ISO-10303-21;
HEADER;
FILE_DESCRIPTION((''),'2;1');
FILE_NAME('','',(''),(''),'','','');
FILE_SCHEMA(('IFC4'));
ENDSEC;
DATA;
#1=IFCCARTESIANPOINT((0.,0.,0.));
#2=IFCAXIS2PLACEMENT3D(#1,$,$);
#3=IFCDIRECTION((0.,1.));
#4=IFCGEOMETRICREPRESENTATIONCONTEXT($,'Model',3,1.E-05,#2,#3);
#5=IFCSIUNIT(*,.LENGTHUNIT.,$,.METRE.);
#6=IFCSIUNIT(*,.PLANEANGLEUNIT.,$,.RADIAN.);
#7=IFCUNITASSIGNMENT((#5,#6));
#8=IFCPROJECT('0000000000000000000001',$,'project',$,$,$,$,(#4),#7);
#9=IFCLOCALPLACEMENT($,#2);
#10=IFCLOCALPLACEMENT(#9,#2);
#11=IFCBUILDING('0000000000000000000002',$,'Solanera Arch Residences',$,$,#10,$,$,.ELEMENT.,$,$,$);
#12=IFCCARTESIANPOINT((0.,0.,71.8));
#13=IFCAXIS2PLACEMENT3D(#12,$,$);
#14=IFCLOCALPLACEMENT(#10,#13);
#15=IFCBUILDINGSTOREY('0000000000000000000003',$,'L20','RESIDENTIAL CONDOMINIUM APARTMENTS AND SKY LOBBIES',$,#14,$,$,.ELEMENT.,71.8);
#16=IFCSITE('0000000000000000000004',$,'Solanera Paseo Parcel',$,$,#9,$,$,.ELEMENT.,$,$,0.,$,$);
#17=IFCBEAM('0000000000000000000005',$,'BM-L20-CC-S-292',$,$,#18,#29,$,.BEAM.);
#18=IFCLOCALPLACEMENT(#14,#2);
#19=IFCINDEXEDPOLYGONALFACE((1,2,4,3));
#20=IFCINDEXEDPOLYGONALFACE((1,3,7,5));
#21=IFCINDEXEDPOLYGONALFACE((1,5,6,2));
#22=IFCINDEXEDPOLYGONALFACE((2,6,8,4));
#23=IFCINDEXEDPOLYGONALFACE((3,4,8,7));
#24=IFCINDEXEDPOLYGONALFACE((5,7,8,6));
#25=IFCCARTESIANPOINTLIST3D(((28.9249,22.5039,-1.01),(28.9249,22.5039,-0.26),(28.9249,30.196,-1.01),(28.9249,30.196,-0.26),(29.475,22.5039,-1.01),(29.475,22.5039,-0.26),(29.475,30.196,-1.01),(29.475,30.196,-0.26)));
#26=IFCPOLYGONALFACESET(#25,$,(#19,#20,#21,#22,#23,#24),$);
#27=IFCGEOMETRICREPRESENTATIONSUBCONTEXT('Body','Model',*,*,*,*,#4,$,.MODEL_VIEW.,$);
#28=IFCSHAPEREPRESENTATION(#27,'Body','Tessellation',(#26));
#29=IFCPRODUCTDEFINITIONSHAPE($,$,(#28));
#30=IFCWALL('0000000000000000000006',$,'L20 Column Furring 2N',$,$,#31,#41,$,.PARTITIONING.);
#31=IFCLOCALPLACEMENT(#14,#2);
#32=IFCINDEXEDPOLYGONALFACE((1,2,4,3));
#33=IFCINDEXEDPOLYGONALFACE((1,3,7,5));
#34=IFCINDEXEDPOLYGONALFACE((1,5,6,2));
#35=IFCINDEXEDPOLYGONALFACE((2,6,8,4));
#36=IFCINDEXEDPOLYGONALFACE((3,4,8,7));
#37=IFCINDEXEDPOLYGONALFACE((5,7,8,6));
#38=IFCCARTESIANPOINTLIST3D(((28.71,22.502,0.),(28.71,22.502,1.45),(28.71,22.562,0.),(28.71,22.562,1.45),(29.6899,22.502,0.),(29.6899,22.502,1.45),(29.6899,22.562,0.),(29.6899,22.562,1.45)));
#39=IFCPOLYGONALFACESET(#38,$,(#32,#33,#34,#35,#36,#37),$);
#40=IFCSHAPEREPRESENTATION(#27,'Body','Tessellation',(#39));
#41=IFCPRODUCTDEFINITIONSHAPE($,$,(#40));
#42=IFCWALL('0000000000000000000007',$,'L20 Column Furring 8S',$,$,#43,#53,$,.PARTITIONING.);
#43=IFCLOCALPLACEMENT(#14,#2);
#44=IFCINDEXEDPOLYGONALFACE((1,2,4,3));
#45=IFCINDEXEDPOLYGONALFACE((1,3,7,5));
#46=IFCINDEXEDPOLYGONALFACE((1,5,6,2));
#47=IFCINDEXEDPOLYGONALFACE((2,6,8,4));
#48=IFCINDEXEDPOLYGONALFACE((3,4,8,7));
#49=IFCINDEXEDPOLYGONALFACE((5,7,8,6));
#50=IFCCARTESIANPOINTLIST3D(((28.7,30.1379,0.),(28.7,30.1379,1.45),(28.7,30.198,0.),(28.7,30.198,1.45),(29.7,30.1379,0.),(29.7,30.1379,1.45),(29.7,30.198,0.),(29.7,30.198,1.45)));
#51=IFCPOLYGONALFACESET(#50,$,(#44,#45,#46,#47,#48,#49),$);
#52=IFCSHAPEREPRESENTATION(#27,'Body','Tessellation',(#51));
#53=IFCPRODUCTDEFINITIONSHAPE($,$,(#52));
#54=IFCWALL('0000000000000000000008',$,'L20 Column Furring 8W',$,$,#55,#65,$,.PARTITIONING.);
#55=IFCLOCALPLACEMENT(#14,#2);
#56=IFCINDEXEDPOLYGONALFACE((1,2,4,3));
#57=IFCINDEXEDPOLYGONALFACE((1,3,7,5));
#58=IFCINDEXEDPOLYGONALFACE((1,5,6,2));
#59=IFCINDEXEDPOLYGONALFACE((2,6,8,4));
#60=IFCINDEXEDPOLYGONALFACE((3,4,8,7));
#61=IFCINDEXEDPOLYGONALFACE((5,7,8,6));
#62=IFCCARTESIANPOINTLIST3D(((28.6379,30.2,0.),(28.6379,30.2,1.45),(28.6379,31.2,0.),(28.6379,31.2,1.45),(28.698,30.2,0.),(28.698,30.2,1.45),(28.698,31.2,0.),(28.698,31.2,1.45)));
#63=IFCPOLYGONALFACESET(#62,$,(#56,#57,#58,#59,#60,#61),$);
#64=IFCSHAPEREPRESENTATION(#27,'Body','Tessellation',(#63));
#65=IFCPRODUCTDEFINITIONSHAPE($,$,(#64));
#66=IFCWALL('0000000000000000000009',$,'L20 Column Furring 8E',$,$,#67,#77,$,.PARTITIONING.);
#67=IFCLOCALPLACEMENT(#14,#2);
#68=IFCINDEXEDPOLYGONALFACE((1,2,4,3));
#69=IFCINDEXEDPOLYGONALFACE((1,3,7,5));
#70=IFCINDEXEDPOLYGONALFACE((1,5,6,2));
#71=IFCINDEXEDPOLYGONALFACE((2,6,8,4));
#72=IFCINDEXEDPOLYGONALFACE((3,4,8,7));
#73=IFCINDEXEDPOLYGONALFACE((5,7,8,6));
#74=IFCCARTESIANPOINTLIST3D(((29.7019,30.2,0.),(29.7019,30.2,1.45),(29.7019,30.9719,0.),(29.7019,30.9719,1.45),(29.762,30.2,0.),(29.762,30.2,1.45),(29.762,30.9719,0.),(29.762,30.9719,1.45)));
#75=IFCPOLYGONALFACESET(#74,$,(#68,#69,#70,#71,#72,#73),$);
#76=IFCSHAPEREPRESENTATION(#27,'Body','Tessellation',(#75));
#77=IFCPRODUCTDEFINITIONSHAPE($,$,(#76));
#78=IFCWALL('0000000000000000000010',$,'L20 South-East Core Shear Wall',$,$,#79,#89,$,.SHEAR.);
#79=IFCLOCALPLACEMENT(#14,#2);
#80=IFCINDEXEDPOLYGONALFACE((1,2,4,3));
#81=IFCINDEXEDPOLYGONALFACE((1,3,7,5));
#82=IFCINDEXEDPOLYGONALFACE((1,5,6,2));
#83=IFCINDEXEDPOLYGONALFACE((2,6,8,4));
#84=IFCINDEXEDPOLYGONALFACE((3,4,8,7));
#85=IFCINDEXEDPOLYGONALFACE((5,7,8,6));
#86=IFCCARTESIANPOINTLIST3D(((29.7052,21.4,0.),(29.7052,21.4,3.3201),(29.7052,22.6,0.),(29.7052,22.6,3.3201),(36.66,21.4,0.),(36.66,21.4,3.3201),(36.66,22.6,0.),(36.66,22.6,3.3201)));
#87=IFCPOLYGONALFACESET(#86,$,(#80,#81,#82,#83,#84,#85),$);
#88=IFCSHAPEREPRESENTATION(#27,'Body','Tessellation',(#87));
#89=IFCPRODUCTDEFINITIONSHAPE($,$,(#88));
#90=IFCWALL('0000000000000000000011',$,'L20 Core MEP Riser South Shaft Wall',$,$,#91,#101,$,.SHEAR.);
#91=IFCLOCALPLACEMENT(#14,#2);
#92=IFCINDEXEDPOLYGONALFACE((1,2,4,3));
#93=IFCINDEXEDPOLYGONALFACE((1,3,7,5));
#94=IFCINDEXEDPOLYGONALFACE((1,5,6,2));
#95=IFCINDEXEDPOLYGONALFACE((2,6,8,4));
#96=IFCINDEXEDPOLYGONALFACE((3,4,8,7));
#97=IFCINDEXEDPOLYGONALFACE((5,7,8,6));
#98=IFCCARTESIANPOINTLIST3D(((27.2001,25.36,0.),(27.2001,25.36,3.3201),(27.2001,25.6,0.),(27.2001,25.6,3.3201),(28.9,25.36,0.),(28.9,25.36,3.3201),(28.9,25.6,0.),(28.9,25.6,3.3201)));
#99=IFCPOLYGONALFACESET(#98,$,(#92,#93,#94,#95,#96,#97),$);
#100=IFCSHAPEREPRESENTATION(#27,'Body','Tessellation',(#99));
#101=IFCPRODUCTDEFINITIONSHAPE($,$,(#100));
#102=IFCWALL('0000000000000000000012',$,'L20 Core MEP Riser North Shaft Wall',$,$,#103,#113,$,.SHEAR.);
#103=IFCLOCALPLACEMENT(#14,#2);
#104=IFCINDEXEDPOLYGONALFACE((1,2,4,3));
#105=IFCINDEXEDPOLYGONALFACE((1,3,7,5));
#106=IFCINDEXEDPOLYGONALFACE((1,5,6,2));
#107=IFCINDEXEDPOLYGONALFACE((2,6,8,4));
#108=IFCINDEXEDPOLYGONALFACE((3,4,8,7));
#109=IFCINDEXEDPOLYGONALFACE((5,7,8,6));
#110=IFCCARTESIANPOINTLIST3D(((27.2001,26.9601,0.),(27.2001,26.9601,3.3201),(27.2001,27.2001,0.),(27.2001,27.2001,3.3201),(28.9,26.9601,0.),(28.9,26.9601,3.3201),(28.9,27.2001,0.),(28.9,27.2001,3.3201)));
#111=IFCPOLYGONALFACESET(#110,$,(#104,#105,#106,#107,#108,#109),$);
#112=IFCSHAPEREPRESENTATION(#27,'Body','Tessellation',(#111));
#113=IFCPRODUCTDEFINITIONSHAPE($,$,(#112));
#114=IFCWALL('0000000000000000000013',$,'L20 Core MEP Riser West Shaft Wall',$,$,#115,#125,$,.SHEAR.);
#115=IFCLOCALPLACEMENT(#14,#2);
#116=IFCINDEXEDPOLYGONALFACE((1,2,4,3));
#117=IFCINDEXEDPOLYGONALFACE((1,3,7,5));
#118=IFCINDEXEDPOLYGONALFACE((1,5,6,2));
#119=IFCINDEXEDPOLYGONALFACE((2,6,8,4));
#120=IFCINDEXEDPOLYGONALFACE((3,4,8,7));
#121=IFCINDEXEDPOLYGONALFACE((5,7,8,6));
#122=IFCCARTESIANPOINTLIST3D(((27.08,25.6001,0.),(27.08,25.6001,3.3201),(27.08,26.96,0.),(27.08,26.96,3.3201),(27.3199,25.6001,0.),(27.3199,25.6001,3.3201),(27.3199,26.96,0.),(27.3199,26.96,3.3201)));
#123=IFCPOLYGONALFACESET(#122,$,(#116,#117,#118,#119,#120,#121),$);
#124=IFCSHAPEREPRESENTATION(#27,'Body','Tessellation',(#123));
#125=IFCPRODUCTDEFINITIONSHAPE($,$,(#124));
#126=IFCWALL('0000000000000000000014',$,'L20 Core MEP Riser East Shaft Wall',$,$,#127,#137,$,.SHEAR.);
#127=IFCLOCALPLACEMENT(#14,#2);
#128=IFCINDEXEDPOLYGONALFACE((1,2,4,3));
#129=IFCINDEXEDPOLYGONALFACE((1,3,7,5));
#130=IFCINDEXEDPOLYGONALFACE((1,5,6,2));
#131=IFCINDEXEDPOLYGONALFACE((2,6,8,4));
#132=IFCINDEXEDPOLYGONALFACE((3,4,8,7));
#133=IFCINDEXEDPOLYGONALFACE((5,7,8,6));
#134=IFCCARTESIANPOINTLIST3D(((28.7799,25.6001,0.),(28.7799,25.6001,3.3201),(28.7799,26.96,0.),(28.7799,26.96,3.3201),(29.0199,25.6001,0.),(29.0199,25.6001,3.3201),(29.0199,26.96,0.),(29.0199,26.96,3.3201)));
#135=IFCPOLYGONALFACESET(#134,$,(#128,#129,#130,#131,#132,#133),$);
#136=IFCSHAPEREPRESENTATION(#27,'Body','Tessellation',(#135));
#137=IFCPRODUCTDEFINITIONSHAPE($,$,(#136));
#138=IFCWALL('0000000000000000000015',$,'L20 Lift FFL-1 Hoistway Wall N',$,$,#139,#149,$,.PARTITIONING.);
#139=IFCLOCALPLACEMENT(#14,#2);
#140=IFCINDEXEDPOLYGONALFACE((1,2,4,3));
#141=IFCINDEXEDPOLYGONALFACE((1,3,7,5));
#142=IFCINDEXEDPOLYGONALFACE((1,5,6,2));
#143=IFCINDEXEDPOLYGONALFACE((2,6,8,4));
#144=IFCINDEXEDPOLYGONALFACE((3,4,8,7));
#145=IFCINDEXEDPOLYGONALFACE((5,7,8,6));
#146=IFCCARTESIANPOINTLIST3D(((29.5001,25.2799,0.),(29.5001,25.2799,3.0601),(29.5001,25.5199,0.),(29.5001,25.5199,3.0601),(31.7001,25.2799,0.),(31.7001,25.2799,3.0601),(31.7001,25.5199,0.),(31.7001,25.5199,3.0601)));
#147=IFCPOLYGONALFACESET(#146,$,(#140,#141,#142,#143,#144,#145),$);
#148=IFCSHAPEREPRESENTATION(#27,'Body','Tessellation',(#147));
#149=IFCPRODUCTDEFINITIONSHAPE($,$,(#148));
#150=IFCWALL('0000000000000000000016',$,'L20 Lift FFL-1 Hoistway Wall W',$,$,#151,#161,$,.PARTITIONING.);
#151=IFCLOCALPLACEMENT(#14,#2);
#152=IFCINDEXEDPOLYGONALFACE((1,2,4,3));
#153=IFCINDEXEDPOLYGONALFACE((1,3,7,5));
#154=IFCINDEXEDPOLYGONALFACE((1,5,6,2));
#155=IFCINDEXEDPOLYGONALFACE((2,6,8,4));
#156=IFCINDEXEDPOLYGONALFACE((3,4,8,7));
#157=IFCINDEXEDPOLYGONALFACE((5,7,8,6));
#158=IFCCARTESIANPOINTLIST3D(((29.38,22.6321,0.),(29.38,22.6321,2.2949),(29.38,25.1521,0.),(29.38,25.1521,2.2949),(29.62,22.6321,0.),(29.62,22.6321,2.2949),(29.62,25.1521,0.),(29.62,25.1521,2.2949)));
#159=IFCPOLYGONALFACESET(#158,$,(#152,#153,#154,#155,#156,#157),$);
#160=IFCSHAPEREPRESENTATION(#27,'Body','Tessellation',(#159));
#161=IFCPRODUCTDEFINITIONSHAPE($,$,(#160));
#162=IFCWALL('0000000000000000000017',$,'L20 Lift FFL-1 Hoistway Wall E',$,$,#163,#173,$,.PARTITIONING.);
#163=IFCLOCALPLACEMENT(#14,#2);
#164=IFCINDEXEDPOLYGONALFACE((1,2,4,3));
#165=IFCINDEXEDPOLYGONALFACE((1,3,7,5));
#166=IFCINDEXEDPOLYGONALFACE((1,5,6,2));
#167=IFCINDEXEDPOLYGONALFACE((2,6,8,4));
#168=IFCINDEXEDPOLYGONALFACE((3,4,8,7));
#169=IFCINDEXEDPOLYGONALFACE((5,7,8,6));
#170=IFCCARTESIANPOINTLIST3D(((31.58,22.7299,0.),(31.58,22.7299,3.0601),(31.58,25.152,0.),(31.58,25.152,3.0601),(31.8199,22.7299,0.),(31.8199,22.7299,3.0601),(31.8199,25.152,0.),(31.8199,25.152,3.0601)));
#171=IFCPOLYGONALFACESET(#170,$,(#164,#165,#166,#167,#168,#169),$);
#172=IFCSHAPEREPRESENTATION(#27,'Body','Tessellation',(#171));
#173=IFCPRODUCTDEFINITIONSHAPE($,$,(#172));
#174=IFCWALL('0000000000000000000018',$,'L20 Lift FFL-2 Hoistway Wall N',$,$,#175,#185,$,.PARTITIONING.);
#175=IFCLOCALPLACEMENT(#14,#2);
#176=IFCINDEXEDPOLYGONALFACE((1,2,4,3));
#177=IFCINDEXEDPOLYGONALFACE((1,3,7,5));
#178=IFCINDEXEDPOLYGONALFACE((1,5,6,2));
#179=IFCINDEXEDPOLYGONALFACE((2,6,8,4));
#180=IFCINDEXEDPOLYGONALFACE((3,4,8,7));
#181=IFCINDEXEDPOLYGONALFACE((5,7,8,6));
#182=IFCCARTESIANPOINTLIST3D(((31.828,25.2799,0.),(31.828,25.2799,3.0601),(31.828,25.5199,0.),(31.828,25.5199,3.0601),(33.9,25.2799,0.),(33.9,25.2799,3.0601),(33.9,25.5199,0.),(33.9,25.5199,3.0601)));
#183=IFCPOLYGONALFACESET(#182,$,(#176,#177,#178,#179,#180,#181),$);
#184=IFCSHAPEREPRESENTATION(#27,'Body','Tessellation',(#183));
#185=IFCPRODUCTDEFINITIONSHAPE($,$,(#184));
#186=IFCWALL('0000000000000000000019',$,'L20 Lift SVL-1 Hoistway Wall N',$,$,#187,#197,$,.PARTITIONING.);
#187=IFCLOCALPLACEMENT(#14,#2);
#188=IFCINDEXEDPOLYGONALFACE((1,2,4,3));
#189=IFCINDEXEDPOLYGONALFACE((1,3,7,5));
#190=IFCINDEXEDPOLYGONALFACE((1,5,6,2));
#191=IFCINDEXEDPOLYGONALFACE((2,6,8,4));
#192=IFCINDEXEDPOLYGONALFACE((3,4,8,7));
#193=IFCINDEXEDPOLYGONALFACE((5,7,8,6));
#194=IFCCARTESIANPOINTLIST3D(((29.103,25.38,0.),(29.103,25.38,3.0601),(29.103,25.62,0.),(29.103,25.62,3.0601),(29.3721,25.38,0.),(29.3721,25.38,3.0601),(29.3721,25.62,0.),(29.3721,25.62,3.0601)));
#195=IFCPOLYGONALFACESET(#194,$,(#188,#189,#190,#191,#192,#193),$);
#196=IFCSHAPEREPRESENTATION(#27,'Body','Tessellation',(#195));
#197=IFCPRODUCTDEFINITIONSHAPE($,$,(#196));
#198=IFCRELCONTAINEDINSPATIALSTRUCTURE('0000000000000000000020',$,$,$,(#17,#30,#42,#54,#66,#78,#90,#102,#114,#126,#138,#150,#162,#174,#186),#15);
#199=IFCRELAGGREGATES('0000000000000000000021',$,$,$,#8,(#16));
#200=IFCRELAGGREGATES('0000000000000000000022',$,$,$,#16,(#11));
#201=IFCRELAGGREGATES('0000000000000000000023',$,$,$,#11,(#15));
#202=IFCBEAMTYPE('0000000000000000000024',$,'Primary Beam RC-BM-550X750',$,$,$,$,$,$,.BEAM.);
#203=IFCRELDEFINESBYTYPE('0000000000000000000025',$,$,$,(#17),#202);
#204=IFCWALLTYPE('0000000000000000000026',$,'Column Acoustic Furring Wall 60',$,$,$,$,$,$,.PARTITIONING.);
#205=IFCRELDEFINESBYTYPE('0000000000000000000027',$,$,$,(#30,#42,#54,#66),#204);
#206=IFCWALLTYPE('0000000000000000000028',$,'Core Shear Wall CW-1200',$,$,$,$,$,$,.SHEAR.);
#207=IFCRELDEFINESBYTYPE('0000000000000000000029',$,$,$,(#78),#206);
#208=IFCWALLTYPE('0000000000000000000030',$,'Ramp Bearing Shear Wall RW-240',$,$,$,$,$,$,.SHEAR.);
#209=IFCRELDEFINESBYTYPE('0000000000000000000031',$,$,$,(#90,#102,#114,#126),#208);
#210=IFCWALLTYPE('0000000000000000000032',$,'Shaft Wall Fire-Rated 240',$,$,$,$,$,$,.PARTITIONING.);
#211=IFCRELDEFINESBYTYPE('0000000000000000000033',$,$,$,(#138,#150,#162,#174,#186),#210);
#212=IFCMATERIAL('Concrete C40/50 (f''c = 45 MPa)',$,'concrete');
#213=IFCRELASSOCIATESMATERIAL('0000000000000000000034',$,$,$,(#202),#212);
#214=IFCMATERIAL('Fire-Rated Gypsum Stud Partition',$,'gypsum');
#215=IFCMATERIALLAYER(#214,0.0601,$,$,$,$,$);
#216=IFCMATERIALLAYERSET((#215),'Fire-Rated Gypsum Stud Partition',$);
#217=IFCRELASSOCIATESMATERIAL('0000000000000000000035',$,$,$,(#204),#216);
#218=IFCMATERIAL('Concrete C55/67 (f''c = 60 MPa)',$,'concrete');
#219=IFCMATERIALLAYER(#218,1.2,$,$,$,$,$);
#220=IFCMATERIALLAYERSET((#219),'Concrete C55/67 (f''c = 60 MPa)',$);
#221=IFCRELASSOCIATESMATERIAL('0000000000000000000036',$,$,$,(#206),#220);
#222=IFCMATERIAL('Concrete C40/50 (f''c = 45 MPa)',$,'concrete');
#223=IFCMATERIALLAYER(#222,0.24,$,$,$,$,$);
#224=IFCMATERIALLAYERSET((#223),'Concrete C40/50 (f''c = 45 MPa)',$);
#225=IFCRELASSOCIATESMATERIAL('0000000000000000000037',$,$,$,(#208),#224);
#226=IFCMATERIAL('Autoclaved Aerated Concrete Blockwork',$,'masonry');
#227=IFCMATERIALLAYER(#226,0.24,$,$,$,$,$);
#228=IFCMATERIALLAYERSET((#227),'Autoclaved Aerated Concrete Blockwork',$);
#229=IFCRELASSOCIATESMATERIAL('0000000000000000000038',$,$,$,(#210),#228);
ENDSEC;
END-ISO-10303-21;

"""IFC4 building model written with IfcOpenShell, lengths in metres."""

from ifc_helpers import new_model, si_unit, direction, frame, frame_2d, origin, origin_2d, place, context, subcontext, project, spatial, rectangle, extrude, material, layer, layer_set, material_profile, profile_set, type_object, element, save


model = new_model("IFC4")

# Units and contexts
model_context = context("Model", 3, precision=1e-05, world=origin(), true_north=direction((0.0, 1.0)))
body_context = subcontext(model_context, "Body", "Model", "MODEL_VIEW")
ifc_project = project(units=[si_unit("LENGTHUNIT", "METRE"), si_unit("PLANEANGLEUNIT", "RADIAN")], contexts=[model_context])

# Site, building, storey
site_placement = place(None, origin())
site = spatial("IfcSite", under=ifc_project, at=site_placement, Name="Solanera Paseo Parcel", CompositionType="ELEMENT", RefElevation=0.0)
building_placement = place(site_placement, origin())
building = spatial("IfcBuilding", under=site, at=building_placement, Name="Solanera Arch Residences", CompositionType="ELEMENT")
storey_placement = place(building_placement, frame((0.0, 0.0, 71.8)))
storey = spatial("IfcBuildingStorey", under=building, at=storey_placement, Name="L20", Description="RESIDENTIAL CONDOMINIUM APARTMENTS AND SKY LOBBIES", CompositionType="ELEMENT", Elevation=71.8)

# Beam
ifc_material_1 = material(Name="Concrete C40/50 (f'c = 45 MPa)", Category="concrete")
ifc_material_profile = material_profile(ifc_material_1, rectangle(XDim=0.55, YDim=0.75, at=origin_2d()))
ifc_profile_set = profile_set([ifc_material_profile], Name="Concrete C40/50 (f'c = 45 MPa)")
beam_type = type_object("IfcBeamType", Name="Primary Beam RC-BM-550X750", PredefinedType="BEAM", material=ifc_profile_set)
beam_placement = place(storey_placement, frame((29.2, 22.5039, -0.635), z_axis=(0.0, 1.0, 0.0), x_axis=(-1.0, 0.0, 0.0)))
element("IfcBeam", 1, at=beam_placement, inside=storey, type_object=beam_type, Name="BM-L20-CC-S-292", PredefinedType="BEAM", context=body_context, shape_type="SweptSolid", body=[
    extrude(rectangle(XDim=0.55, YDim=0.75, at=origin_2d()), origin(), (0.0, 0.0, 1.0), 7.6921),
])

# Walls
ifc_material_2 = material(Name="Fire-Rated Gypsum Stud Partition", Category="gypsum")
ifc_layer_1 = layer(ifc_material_2, 0.0601)
ifc_layer_set_1 = layer_set([ifc_layer_1], Name="Fire-Rated Gypsum Stud Partition")
wall_type_1 = type_object("IfcWallType", Name="Column Acoustic Furring Wall 60", PredefinedType="PARTITIONING", material=ifc_layer_set_1)
wall_1_placement = place(storey_placement, frame((28.71, 22.532, 0.0), z_axis=(0.0, 0.0, 1.0), x_axis=(1.0, 0.0, 0.0)))
element("IfcWall", 2, at=wall_1_placement, inside=storey, type_object=wall_type_1, Name="L20 Column Furring 2N", PredefinedType="PARTITIONING", context=body_context, shape_type="SweptSolid", body=[
    extrude(rectangle(XDim=0.98, YDim=0.0601, at=frame_2d((0.49, 0.0))), origin(), (0.0, 0.0, 1.0), 1.45),
])
for number, where, z_axis, x_axis, name in (
    (3, (28.7, 30.168, 0.0), (0.0, 0.0, 1.0), (1.0, 0.0, 0.0), "L20 Column Furring 8S"),
    (4, (28.668, 30.2, 0.0), (0.0, 0.0, 1.0), (0.0, 1.0, 0.0), "L20 Column Furring 8W"),
):
    element("IfcWall", number, at=place(storey_placement, frame(where, z_axis=z_axis, x_axis=x_axis)), inside=storey, type_object=wall_type_1, Name=name, PredefinedType="PARTITIONING", context=body_context, shape_type="SweptSolid", body=[
        extrude(rectangle(XDim=1.0, YDim=0.0601, at=frame_2d((0.5, 0.0))), origin(), (0.0, 0.0, 1.0), 1.45),
    ])
wall_2_placement = place(storey_placement, frame((29.7319, 30.2, 0.0), z_axis=(0.0, 0.0, 1.0), x_axis=(0.0, 1.0, 0.0)))
element("IfcWall", 5, at=wall_2_placement, inside=storey, type_object=wall_type_1, Name="L20 Column Furring 8E", PredefinedType="PARTITIONING", context=body_context, shape_type="SweptSolid", body=[
    extrude(rectangle(XDim=0.772, YDim=0.0601, at=frame_2d((0.386, 0.0))), origin(), (0.0, 0.0, 1.0), 1.45),
])
ifc_material_3 = material(Name="Concrete C55/67 (f'c = 60 MPa)", Category="concrete")
ifc_layer_2 = layer(ifc_material_3, 1.2)
ifc_layer_set_2 = layer_set([ifc_layer_2], Name="Concrete C55/67 (f'c = 60 MPa)")
wall_type_2 = type_object("IfcWallType", Name="Core Shear Wall CW-1200", PredefinedType="SHEAR", material=ifc_layer_set_2)
wall_3_placement = place(storey_placement, frame((29.7051, 22.0, 0.0), z_axis=(0.0, 0.0, 1.0), x_axis=(1.0, 0.0, 0.0)))
element("IfcWall", 6, at=wall_3_placement, inside=storey, type_object=wall_type_2, Name="L20 South-East Core Shear Wall", PredefinedType="SHEAR", context=body_context, shape_type="SweptSolid", body=[
    extrude(rectangle(XDim=6.9548, YDim=1.2, at=frame_2d((3.4775, 0.0))), origin(), (0.0, 0.0, 1.0), 3.3201),
])
ifc_material_4 = material(Name="Concrete C40/50 (f'c = 45 MPa)", Category="concrete")
ifc_layer_3 = layer(ifc_material_4, 0.24)
ifc_layer_set_3 = layer_set([ifc_layer_3], Name="Concrete C40/50 (f'c = 45 MPa)")
wall_type_3 = type_object("IfcWallType", Name="Ramp Bearing Shear Wall RW-240", PredefinedType="SHEAR", material=ifc_layer_set_3)
for number, where, z_axis, x_axis, name in (
    (7, (27.2, 25.48, 0.0), (0.0, 0.0, 1.0), (1.0, 0.0, 0.0), "L20 Core MEP Riser South Shaft Wall"),
    (8, (27.2, 27.0801, 0.0), (0.0, 0.0, 1.0), (1.0, 0.0, 0.0), "L20 Core MEP Riser North Shaft Wall"),
):
    element("IfcWall", number, at=place(storey_placement, frame(where, z_axis=z_axis, x_axis=x_axis)), inside=storey, type_object=wall_type_3, Name=name, PredefinedType="SHEAR", context=body_context, shape_type="SweptSolid", body=[
        extrude(rectangle(XDim=1.7, YDim=0.24, at=frame_2d((0.8501, 0.0))), origin(), (0.0, 0.0, 1.0), 3.3201),
    ])
for number, where, z_axis, x_axis, name in (
    (9, (27.2, 25.6001, 0.0), (0.0, 0.0, 1.0), (0.0, 1.0, 0.0), "L20 Core MEP Riser West Shaft Wall"),
    (10, (28.8999, 25.6001, 0.0), (0.0, 0.0, 1.0), (0.0, 1.0, 0.0), "L20 Core MEP Riser East Shaft Wall"),
):
    element("IfcWall", number, at=place(storey_placement, frame(where, z_axis=z_axis, x_axis=x_axis)), inside=storey, type_object=wall_type_3, Name=name, PredefinedType="SHEAR", context=body_context, shape_type="SweptSolid", body=[
        extrude(rectangle(XDim=1.3599, YDim=0.24, at=frame_2d((0.6799, 0.0))), origin(), (0.0, 0.0, 1.0), 3.3201),
    ])
ifc_material_5 = material(Name="Autoclaved Aerated Concrete Blockwork", Category="masonry")
ifc_layer_4 = layer(ifc_material_5, 0.24)
ifc_layer_set_4 = layer_set([ifc_layer_4], Name="Autoclaved Aerated Concrete Blockwork")
wall_type_4 = type_object("IfcWallType", Name="Shaft Wall Fire-Rated 240", PredefinedType="PARTITIONING", material=ifc_layer_set_4)
wall_4_placement = place(storey_placement, frame((29.5, 25.3999, 0.0), z_axis=(0.0, 0.0, 1.0), x_axis=(1.0, 0.0, 0.0)))
element("IfcWall", 11, at=wall_4_placement, inside=storey, type_object=wall_type_4, Name="L20 Lift FFL-1 Hoistway Wall N", PredefinedType="PARTITIONING", context=body_context, shape_type="SweptSolid", body=[
    extrude(rectangle(XDim=2.2, YDim=0.24, at=frame_2d((1.1001, 0.0))), origin(), (0.0, 0.0, 1.0), 3.0601),
])
wall_5_placement = place(storey_placement, frame((29.5, 22.6321, 0.0), z_axis=(0.0, 0.0, 1.0), x_axis=(0.0, 1.0, 0.0)))
element("IfcWall", 12, at=wall_5_placement, inside=storey, type_object=wall_type_4, Name="L20 Lift FFL-1 Hoistway Wall W", PredefinedType="PARTITIONING", context=body_context, shape_type="SweptSolid", body=[
    extrude(rectangle(XDim=2.52, YDim=0.24, at=frame_2d((1.26, 0.0))), origin(), (0.0, 0.0, 1.0), 2.2949),
])
wall_6_placement = place(storey_placement, frame((31.7, 22.73, 0.0), z_axis=(0.0, 0.0, 1.0), x_axis=(0.0, 1.0, 0.0)))
element("IfcWall", 13, at=wall_6_placement, inside=storey, type_object=wall_type_4, Name="L20 Lift FFL-1 Hoistway Wall E", PredefinedType="PARTITIONING", context=body_context, shape_type="SweptSolid", body=[
    extrude(rectangle(XDim=2.4221, YDim=0.24, at=frame_2d((1.2109, 0.0))), origin(), (0.0, 0.0, 1.0), 3.0601),
])
wall_7_placement = place(storey_placement, frame((31.8279, 25.3999, 0.0), z_axis=(0.0, 0.0, 1.0), x_axis=(1.0, 0.0, 0.0)))
element("IfcWall", 14, at=wall_7_placement, inside=storey, type_object=wall_type_4, Name="L20 Lift FFL-2 Hoistway Wall N", PredefinedType="PARTITIONING", context=body_context, shape_type="SweptSolid", body=[
    extrude(rectangle(XDim=2.072, YDim=0.24, at=frame_2d((1.0361, 0.0))), origin(), (0.0, 0.0, 1.0), 3.0601),
])
wall_8_placement = place(storey_placement, frame((29.103, 25.5, 0.0), z_axis=(0.0, 0.0, 1.0), x_axis=(1.0, 0.0, 0.0)))
element("IfcWall", 15, at=wall_8_placement, inside=storey, type_object=wall_type_4, Name="L20 Lift SVL-1 Hoistway Wall N", PredefinedType="PARTITIONING", context=body_context, shape_type="SweptSolid", body=[
    extrude(rectangle(XDim=0.269, YDim=0.24, at=frame_2d((0.1345, 0.0))), origin(), (0.0, 0.0, 1.0), 3.0601),
])

save(model, "model.ifc")
